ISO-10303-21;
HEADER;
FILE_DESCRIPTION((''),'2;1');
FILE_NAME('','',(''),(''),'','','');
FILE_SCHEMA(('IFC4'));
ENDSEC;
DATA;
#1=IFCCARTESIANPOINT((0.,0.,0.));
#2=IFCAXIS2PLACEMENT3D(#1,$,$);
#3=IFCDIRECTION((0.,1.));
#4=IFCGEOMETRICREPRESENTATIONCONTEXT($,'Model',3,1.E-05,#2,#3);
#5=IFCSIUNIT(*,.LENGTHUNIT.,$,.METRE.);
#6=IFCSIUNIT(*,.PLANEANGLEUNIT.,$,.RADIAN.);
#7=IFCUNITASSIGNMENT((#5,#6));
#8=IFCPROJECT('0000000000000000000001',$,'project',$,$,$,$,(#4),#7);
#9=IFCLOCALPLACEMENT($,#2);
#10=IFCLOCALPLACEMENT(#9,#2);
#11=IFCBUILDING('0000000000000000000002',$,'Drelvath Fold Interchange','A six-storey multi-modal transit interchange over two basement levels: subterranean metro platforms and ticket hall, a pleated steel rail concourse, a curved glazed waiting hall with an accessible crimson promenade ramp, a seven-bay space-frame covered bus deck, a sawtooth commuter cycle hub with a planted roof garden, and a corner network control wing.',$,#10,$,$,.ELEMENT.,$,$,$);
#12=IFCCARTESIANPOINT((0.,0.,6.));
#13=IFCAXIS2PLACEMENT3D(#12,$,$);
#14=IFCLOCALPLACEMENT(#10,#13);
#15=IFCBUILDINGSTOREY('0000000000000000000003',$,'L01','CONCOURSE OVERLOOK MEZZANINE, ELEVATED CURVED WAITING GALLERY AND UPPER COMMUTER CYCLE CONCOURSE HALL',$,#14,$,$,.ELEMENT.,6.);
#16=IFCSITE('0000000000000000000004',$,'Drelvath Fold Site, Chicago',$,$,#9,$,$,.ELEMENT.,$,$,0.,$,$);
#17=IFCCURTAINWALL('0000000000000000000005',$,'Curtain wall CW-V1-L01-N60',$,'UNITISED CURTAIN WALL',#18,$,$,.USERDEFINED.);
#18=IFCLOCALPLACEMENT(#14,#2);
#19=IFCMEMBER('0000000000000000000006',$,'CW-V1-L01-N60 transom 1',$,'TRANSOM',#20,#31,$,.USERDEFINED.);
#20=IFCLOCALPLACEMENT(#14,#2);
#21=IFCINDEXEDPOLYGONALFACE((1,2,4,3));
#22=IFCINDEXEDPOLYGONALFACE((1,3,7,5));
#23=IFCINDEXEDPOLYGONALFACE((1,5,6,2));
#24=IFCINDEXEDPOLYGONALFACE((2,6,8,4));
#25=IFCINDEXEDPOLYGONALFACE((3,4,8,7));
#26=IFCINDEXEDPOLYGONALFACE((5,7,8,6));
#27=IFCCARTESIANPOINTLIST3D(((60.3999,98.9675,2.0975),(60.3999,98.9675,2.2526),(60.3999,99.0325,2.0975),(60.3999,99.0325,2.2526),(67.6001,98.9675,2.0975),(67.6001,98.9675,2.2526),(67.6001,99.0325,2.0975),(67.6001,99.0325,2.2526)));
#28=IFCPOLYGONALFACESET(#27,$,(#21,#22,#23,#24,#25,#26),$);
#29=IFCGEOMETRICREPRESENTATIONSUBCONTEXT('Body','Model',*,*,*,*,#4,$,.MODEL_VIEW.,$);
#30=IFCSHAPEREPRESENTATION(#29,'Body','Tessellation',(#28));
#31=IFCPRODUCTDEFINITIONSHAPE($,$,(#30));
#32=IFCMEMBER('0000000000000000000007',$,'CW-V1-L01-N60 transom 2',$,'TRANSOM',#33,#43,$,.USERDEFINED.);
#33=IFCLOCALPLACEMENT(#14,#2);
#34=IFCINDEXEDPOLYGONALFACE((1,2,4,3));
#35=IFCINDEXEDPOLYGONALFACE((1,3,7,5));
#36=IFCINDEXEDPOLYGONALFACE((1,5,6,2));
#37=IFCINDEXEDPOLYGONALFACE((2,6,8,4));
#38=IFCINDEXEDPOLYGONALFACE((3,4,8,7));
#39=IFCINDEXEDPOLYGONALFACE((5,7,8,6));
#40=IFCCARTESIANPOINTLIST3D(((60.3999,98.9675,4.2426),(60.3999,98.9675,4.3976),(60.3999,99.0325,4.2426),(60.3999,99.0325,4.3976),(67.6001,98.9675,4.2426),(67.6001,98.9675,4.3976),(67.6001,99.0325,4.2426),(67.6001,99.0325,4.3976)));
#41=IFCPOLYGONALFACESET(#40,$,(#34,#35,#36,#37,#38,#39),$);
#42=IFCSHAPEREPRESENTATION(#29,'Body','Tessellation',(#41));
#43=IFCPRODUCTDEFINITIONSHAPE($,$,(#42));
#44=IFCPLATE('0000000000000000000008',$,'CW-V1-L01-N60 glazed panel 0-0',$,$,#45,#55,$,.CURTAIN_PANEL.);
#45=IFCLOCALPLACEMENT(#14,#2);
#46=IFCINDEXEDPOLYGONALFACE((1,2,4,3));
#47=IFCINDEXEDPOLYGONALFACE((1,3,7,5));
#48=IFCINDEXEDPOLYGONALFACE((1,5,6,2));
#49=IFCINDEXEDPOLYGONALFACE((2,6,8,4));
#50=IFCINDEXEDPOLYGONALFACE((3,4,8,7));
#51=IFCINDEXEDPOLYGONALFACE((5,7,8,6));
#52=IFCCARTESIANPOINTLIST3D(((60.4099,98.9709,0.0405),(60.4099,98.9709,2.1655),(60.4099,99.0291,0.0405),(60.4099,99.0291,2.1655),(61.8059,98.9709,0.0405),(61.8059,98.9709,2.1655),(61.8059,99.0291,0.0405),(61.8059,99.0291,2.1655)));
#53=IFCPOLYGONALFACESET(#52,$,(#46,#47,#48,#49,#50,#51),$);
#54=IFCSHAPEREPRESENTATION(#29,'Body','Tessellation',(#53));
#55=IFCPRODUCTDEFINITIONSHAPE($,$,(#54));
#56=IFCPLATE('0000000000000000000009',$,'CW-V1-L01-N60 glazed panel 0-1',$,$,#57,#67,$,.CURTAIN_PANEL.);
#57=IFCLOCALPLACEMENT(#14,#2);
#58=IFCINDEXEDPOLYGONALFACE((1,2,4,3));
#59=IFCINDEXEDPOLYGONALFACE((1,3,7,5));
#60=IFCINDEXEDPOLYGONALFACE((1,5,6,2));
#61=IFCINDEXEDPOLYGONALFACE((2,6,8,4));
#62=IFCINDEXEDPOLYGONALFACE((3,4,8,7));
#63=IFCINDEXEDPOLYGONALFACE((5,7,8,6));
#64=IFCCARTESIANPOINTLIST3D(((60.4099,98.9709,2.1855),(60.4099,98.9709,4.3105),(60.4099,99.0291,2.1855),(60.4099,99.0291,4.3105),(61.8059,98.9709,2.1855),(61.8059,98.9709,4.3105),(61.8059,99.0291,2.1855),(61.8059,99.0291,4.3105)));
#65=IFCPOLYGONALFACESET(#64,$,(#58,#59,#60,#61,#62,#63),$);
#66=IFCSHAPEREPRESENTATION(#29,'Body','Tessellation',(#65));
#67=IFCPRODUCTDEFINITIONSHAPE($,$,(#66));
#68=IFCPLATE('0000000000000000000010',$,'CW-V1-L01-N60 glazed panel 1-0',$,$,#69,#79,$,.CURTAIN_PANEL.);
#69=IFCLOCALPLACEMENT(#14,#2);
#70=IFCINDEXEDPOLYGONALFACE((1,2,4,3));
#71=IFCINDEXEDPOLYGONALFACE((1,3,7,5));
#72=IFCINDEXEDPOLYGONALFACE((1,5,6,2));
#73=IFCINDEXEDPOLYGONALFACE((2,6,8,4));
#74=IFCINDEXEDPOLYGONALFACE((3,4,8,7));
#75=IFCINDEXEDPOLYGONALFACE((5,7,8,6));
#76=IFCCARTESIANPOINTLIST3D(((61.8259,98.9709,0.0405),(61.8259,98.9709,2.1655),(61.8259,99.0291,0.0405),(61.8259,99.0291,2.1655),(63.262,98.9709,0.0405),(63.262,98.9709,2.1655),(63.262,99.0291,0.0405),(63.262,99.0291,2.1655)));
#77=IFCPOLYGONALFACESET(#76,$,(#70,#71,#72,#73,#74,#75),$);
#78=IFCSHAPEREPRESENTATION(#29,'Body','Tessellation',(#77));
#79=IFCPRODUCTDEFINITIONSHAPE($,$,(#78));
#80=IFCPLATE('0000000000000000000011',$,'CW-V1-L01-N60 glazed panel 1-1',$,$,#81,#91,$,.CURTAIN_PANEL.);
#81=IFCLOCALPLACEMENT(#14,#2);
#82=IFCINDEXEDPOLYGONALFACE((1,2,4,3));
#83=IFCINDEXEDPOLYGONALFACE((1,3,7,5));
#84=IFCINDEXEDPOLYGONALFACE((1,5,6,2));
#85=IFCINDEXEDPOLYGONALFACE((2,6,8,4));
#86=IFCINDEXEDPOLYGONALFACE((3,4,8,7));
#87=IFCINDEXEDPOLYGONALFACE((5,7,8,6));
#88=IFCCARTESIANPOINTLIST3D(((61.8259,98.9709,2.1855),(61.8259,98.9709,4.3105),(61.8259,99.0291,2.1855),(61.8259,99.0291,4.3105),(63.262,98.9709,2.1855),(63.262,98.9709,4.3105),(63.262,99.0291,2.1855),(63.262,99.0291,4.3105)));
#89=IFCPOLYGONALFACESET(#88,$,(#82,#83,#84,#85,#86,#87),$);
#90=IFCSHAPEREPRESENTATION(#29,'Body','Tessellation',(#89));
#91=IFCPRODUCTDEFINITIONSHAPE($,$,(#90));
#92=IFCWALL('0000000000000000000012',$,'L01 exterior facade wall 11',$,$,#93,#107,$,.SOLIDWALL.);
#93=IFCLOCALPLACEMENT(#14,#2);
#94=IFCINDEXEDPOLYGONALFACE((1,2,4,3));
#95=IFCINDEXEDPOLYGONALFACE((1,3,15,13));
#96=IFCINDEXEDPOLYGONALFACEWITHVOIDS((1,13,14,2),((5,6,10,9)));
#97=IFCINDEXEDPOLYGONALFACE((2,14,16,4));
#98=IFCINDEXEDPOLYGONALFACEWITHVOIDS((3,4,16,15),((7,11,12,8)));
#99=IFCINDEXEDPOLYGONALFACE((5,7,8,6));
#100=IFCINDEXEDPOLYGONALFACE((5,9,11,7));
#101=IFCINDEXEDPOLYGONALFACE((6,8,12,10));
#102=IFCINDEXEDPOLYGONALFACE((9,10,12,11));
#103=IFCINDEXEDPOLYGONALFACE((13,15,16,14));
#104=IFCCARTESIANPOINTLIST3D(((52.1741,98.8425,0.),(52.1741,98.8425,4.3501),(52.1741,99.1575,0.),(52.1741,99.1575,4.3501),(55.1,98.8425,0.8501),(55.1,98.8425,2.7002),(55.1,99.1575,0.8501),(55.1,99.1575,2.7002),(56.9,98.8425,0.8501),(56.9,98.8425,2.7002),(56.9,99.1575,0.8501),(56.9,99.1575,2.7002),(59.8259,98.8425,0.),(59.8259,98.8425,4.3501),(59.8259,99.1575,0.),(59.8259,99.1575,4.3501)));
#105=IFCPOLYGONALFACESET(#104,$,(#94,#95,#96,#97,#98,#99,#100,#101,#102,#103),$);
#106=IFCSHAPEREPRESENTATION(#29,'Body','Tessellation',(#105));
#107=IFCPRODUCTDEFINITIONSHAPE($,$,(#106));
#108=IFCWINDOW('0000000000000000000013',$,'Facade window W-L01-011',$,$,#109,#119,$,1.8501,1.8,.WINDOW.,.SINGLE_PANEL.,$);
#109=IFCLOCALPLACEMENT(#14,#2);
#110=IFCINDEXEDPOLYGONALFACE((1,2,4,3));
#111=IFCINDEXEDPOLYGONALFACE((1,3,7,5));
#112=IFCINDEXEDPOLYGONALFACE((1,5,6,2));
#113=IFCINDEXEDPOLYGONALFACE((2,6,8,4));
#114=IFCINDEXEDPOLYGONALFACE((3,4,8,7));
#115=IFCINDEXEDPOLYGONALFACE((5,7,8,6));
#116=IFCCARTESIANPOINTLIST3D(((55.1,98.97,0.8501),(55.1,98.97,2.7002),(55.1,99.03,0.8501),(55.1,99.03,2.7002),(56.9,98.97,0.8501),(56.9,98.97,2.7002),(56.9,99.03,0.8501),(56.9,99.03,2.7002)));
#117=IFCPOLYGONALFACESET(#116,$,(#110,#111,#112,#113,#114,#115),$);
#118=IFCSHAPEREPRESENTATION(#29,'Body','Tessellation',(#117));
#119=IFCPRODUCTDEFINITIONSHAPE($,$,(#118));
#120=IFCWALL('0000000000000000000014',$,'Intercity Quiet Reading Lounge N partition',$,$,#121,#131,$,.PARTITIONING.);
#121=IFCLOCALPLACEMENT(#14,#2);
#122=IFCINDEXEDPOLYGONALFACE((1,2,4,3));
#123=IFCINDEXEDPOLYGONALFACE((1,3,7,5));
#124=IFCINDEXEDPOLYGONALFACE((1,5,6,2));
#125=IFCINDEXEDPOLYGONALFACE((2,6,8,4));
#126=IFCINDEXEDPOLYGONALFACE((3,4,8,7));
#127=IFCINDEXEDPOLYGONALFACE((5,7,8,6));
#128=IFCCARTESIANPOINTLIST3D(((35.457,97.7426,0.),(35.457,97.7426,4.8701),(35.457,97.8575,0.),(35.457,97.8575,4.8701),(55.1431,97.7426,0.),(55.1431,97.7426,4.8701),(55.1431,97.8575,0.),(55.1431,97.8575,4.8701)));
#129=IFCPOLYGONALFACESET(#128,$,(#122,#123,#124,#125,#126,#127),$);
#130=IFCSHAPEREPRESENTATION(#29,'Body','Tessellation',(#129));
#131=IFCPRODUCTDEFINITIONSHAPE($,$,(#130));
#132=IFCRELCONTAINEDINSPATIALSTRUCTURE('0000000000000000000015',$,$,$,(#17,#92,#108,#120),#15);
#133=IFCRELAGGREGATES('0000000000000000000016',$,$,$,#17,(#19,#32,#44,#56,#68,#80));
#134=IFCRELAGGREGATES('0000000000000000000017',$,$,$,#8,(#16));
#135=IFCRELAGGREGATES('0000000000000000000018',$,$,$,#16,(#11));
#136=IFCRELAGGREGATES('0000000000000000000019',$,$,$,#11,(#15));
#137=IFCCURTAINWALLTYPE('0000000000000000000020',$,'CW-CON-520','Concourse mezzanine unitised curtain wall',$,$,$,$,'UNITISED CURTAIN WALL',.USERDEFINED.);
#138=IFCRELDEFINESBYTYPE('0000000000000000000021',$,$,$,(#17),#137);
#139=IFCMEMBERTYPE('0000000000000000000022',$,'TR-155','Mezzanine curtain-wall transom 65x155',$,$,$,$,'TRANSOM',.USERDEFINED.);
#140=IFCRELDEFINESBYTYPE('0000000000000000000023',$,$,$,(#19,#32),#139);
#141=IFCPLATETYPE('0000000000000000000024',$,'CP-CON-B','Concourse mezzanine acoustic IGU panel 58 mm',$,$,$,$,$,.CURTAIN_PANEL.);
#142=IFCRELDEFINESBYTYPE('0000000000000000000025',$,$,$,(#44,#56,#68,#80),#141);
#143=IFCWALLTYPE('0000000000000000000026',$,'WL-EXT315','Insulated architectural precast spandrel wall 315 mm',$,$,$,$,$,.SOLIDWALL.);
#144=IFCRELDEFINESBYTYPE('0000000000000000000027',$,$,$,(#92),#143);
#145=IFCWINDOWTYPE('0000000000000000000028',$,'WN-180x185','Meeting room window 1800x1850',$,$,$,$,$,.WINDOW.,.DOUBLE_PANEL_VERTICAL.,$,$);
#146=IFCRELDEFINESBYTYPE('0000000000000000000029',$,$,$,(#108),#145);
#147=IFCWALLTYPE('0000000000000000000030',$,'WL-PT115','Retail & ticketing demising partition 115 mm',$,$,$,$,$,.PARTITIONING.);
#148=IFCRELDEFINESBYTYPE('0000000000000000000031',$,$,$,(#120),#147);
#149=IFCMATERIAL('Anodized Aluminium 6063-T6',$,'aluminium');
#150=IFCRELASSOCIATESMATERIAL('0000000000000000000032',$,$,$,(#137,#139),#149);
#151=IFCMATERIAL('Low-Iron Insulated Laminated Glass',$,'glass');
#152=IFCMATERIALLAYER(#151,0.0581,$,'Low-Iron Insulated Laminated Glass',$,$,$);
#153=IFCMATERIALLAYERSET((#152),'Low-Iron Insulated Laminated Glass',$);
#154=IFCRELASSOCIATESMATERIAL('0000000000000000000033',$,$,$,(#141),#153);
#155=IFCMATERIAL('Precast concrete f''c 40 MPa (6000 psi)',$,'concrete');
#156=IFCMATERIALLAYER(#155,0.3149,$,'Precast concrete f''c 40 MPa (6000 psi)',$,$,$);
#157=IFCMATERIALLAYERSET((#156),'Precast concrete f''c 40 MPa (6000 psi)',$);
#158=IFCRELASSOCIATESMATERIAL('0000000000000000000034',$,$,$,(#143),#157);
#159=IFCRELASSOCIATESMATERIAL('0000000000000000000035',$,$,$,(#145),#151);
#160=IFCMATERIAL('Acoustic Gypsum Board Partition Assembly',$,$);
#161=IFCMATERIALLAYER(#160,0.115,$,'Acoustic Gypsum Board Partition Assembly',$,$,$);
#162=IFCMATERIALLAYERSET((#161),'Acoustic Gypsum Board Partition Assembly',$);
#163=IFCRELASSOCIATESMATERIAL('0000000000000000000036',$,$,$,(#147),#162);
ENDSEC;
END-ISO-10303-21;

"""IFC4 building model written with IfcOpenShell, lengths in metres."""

from ifc_helpers import new_model, si_unit, direction, frame, frame_2d, origin, origin_2d, place, context, subcontext, project, spatial, rectangle, extrude, material, layer, layer_set, material_profile, profile_set, type_object, element, fill, aggregate, save


model = new_model("IFC4")

# Units and contexts
model_context = context("Model", 3, precision=1e-05, world=origin(), true_north=direction((0.0, 1.0)))
body_context = subcontext(model_context, "Body", "Model", "MODEL_VIEW")
ifc_project = project(units=[si_unit("LENGTHUNIT", "METRE"), si_unit("PLANEANGLEUNIT", "RADIAN")], contexts=[model_context])

# Site, building, storey
site_placement = place(None, origin())
site = spatial("IfcSite", under=ifc_project, at=site_placement, Name="Drelvath Fold Site, Chicago", CompositionType="ELEMENT", RefElevation=0.0)
building_placement = place(site_placement, origin())
building = spatial("IfcBuilding", under=site, at=building_placement, Name="Drelvath Fold Interchange", Description="A six-storey multi-modal transit interchange over two basement levels: subterranean metro platforms and ticket hall, a pleated steel rail concourse, a curved glazed waiting hall with an accessible crimson promenade ramp, a seven-bay space-frame covered bus deck, a sawtooth commuter cycle hub with a planted roof garden, and a corner network control wing.", CompositionType="ELEMENT")
storey_placement = place(building_placement, frame((0.0, 0.0, 6.0)))
storey = spatial("IfcBuildingStorey", under=building, at=storey_placement, Name="L01", Description="CONCOURSE OVERLOOK MEZZANINE, ELEVATED CURVED WAITING GALLERY AND UPPER COMMUTER CYCLE CONCOURSE HALL", CompositionType="ELEMENT", Elevation=6.0)

# Curtain wall, members, plates
ifc_material_1 = material(Name="Anodized Aluminium 6063-T6", Category="aluminium")
curtain_wall_type = type_object("IfcCurtainWallType", Name="CW-CON-520", Description="Concourse mezzanine unitised curtain wall", ElementType="UNITISED CURTAIN WALL", PredefinedType="USERDEFINED", material=ifc_material_1)
curtain_wall_placement = place(storey_placement, origin())
curtain_wall = element("IfcCurtainWall", 1, at=curtain_wall_placement, inside=storey, type_object=curtain_wall_type, Name="Curtain wall CW-V1-L01-N60", ObjectType="UNITISED CURTAIN WALL", PredefinedType="USERDEFINED")
ifc_material_profile_1 = material_profile(ifc_material_1, rectangle(XDim=0.0649, YDim=0.155, at=origin_2d()), Name="AL-T 65x155")
ifc_profile_set_1 = profile_set([ifc_material_profile_1], Name="Anodized Aluminium 6063-T6")
member_type_1 = type_object("IfcMemberType", Name="TR-155", Description="Mezzanine curtain-wall transom 65x155", ElementType="TRANSOM", PredefinedType="USERDEFINED", material=ifc_profile_set_1)
member_1_placement = place(storey_placement, frame((60.3999, 99.0, 2.175), z_axis=(1.0, 0.0, 0.0), x_axis=(0.0, 1.0, 0.0)))
member_1 = element("IfcMember", 2, at=member_1_placement, type_object=member_type_1, Name="CW-V1-L01-N60 transom 1", ObjectType="TRANSOM", PredefinedType="USERDEFINED", context=body_context, shape_type="SweptSolid", body=[
    extrude(rectangle(XDim=0.0649, YDim=0.155, at=origin_2d()), origin(), (0.0, 0.0, 1.0), 7.2002),
])
member_2_placement = place(storey_placement, frame((60.3999, 99.0, 4.3201), z_axis=(1.0, 0.0, 0.0), x_axis=(0.0, 1.0, 0.0)))
member_2 = element("IfcMember", 3, at=member_2_placement, type_object=member_type_1, Name="CW-V1-L01-N60 transom 2", ObjectType="TRANSOM", PredefinedType="USERDEFINED", context=body_context, shape_type="SweptSolid", body=[
    extrude(rectangle(XDim=0.0649, YDim=0.155, at=origin_2d()), origin(), (0.0, 0.0, 1.0), 7.2002),
])
ifc_material_2 = material(Name="Low-Iron Insulated Laminated Glass", Category="glass")
ifc_layer_1 = layer(ifc_material_2, 0.0581, Name="Low-Iron Insulated Laminated Glass")
ifc_layer_set_1 = layer_set([ifc_layer_1], Name="Low-Iron Insulated Laminated Glass")
plate_type = type_object("IfcPlateType", Name="CP-CON-B", Description="Concourse mezzanine acoustic IGU panel 58 mm", PredefinedType="CURTAIN_PANEL", material=ifc_layer_set_1)
plate_1_placement = place(storey_placement, frame((61.1079, 99.0, 0.0405), z_axis=(0.0, 0.0, 1.0), x_axis=(1.0, 0.0, 0.0)))
plate_1 = element("IfcPlate", 4, at=plate_1_placement, type_object=plate_type, Name="CW-V1-L01-N60 glazed panel 0-0", PredefinedType="CURTAIN_PANEL", context=body_context, shape_type="SweptSolid", body=[
    extrude(rectangle(XDim=1.396, YDim=0.0581, at=origin_2d()), origin(), (0.0, 0.0, 1.0), 2.125),
])
plate_2_placement = place(storey_placement, frame((61.1079, 99.0, 2.1855), z_axis=(0.0, 0.0, 1.0), x_axis=(1.0, 0.0, 0.0)))
plate_2 = element("IfcPlate", 5, at=plate_2_placement, type_object=plate_type, Name="CW-V1-L01-N60 glazed panel 0-1", PredefinedType="CURTAIN_PANEL", context=body_context, shape_type="SweptSolid", body=[
    extrude(rectangle(XDim=1.396, YDim=0.0581, at=origin_2d()), origin(), (0.0, 0.0, 1.0), 2.125),
])
plate_3_placement = place(storey_placement, frame((62.5439, 99.0, 0.0405), z_axis=(0.0, 0.0, 1.0), x_axis=(1.0, 0.0, 0.0)))
plate_3 = element("IfcPlate", 6, at=plate_3_placement, type_object=plate_type, Name="CW-V1-L01-N60 glazed panel 1-0", PredefinedType="CURTAIN_PANEL", context=body_context, shape_type="SweptSolid", body=[
    extrude(rectangle(XDim=1.436, YDim=0.0581, at=origin_2d()), origin(), (0.0, 0.0, 1.0), 2.125),
])
plate_4_placement = place(storey_placement, frame((62.5439, 99.0, 2.1855), z_axis=(0.0, 0.0, 1.0), x_axis=(1.0, 0.0, 0.0)))
plate_4 = element("IfcPlate", 7, at=plate_4_placement, type_object=plate_type, Name="CW-V1-L01-N60 glazed panel 1-1", PredefinedType="CURTAIN_PANEL", context=body_context, shape_type="SweptSolid", body=[
    extrude(rectangle(XDim=1.436, YDim=0.0581, at=origin_2d()), origin(), (0.0, 0.0, 1.0), 2.125),
])
aggregate(curtain_wall, [member_1, member_2, plate_1, plate_2, plate_3, plate_4])

# Wall, opening, window
ifc_material_3 = material(Name="Precast concrete f'c 40 MPa (6000 psi)", Category="concrete")
ifc_layer_2 = layer(ifc_material_3, 0.3149, Name="Precast concrete f'c 40 MPa (6000 psi)")
ifc_layer_set_2 = layer_set([ifc_layer_2], Name="Precast concrete f'c 40 MPa (6000 psi)")
wall_type_1 = type_object("IfcWallType", Name="WL-EXT315", Description="Insulated architectural precast spandrel wall 315 mm", PredefinedType="SOLIDWALL", material=ifc_layer_set_2)
wall_1_placement = place(storey_placement, frame((52.1741, 99.0, 0.0), z_axis=(0.0, 0.0, 1.0), x_axis=(1.0, 0.0, 0.0)))
wall_1 = element("IfcWall", 8, at=wall_1_placement, inside=storey, type_object=wall_type_1, Name="L01 exterior facade wall 11", PredefinedType="SOLIDWALL", context=body_context, shape_type="SweptSolid", body=[
    extrude(rectangle(XDim=7.6519, YDim=0.3149, at=frame_2d((3.8259, 0.0))), origin(), (0.0, 0.0, 1.0), 4.3501),
])
opening_placement = place(wall_1_placement, frame((2.926, 0.0, 0.8501)))
opening = element("IfcOpeningElement", 9, at=opening_placement, cuts=wall_1, PredefinedType="OPENING", context=body_context, shape_type="SweptSolid", body=[
    extrude(rectangle(XDim=1.8, YDim=1.8501, at=frame_2d((0.8999, 0.925))), frame((0.0, 0.1675, 0.0), z_axis=(0.0, -1.0, 0.0), x_axis=(1.0, 0.0, 0.0)), (0.0, 0.0, 1.0), 0.335),
])
window_type = type_object("IfcWindowType", Name="WN-180x185", Description="Meeting room window 1800x1850", PartitioningType="DOUBLE_PANEL_VERTICAL", PredefinedType="WINDOW", material=ifc_material_2)
window_placement = place(opening_placement, origin())
window = element("IfcWindow", 10, at=window_placement, inside=storey, type_object=window_type, Name="Facade window W-L01-011", OverallHeight=1.8501, OverallWidth=1.8, PartitioningType="SINGLE_PANEL", PredefinedType="WINDOW", context=body_context, shape_type="SweptSolid", body=[
    extrude(rectangle(XDim=1.8, YDim=1.8501, at=frame_2d((0.8999, 0.925))), frame((0.0, 0.03, 0.0), z_axis=(0.0, -1.0, 0.0), x_axis=(1.0, 0.0, 0.0)), (0.0, 0.0, 1.0), 0.0601),
])
fill(opening, window)

# Wall
ifc_material_4 = material(Name="Acoustic Gypsum Board Partition Assembly")
ifc_layer_3 = layer(ifc_material_4, 0.115, Name="Acoustic Gypsum Board Partition Assembly")
ifc_layer_set_3 = layer_set([ifc_layer_3], Name="Acoustic Gypsum Board Partition Assembly")
wall_type_2 = type_object("IfcWallType", Name="WL-PT115", Description="Retail & ticketing demising partition 115 mm", PredefinedType="PARTITIONING", material=ifc_layer_set_3)
wall_2_placement = place(storey_placement, frame((55.1431, 97.8, 0.0), z_axis=(0.0, 0.0, 1.0), x_axis=(-1.0, 0.0, 0.0)))
element("IfcWall", 11, at=wall_2_placement, inside=storey, type_object=wall_type_2, Name="Intercity Quiet Reading Lounge N partition", PredefinedType="PARTITIONING", context=body_context, shape_type="SweptSolid", body=[
    extrude(rectangle(XDim=19.686, YDim=0.115, at=frame_2d((9.843, 0.0))), origin(), (0.0, 0.0, 1.0), 4.8701),
])

save(model, "model.ifc")
